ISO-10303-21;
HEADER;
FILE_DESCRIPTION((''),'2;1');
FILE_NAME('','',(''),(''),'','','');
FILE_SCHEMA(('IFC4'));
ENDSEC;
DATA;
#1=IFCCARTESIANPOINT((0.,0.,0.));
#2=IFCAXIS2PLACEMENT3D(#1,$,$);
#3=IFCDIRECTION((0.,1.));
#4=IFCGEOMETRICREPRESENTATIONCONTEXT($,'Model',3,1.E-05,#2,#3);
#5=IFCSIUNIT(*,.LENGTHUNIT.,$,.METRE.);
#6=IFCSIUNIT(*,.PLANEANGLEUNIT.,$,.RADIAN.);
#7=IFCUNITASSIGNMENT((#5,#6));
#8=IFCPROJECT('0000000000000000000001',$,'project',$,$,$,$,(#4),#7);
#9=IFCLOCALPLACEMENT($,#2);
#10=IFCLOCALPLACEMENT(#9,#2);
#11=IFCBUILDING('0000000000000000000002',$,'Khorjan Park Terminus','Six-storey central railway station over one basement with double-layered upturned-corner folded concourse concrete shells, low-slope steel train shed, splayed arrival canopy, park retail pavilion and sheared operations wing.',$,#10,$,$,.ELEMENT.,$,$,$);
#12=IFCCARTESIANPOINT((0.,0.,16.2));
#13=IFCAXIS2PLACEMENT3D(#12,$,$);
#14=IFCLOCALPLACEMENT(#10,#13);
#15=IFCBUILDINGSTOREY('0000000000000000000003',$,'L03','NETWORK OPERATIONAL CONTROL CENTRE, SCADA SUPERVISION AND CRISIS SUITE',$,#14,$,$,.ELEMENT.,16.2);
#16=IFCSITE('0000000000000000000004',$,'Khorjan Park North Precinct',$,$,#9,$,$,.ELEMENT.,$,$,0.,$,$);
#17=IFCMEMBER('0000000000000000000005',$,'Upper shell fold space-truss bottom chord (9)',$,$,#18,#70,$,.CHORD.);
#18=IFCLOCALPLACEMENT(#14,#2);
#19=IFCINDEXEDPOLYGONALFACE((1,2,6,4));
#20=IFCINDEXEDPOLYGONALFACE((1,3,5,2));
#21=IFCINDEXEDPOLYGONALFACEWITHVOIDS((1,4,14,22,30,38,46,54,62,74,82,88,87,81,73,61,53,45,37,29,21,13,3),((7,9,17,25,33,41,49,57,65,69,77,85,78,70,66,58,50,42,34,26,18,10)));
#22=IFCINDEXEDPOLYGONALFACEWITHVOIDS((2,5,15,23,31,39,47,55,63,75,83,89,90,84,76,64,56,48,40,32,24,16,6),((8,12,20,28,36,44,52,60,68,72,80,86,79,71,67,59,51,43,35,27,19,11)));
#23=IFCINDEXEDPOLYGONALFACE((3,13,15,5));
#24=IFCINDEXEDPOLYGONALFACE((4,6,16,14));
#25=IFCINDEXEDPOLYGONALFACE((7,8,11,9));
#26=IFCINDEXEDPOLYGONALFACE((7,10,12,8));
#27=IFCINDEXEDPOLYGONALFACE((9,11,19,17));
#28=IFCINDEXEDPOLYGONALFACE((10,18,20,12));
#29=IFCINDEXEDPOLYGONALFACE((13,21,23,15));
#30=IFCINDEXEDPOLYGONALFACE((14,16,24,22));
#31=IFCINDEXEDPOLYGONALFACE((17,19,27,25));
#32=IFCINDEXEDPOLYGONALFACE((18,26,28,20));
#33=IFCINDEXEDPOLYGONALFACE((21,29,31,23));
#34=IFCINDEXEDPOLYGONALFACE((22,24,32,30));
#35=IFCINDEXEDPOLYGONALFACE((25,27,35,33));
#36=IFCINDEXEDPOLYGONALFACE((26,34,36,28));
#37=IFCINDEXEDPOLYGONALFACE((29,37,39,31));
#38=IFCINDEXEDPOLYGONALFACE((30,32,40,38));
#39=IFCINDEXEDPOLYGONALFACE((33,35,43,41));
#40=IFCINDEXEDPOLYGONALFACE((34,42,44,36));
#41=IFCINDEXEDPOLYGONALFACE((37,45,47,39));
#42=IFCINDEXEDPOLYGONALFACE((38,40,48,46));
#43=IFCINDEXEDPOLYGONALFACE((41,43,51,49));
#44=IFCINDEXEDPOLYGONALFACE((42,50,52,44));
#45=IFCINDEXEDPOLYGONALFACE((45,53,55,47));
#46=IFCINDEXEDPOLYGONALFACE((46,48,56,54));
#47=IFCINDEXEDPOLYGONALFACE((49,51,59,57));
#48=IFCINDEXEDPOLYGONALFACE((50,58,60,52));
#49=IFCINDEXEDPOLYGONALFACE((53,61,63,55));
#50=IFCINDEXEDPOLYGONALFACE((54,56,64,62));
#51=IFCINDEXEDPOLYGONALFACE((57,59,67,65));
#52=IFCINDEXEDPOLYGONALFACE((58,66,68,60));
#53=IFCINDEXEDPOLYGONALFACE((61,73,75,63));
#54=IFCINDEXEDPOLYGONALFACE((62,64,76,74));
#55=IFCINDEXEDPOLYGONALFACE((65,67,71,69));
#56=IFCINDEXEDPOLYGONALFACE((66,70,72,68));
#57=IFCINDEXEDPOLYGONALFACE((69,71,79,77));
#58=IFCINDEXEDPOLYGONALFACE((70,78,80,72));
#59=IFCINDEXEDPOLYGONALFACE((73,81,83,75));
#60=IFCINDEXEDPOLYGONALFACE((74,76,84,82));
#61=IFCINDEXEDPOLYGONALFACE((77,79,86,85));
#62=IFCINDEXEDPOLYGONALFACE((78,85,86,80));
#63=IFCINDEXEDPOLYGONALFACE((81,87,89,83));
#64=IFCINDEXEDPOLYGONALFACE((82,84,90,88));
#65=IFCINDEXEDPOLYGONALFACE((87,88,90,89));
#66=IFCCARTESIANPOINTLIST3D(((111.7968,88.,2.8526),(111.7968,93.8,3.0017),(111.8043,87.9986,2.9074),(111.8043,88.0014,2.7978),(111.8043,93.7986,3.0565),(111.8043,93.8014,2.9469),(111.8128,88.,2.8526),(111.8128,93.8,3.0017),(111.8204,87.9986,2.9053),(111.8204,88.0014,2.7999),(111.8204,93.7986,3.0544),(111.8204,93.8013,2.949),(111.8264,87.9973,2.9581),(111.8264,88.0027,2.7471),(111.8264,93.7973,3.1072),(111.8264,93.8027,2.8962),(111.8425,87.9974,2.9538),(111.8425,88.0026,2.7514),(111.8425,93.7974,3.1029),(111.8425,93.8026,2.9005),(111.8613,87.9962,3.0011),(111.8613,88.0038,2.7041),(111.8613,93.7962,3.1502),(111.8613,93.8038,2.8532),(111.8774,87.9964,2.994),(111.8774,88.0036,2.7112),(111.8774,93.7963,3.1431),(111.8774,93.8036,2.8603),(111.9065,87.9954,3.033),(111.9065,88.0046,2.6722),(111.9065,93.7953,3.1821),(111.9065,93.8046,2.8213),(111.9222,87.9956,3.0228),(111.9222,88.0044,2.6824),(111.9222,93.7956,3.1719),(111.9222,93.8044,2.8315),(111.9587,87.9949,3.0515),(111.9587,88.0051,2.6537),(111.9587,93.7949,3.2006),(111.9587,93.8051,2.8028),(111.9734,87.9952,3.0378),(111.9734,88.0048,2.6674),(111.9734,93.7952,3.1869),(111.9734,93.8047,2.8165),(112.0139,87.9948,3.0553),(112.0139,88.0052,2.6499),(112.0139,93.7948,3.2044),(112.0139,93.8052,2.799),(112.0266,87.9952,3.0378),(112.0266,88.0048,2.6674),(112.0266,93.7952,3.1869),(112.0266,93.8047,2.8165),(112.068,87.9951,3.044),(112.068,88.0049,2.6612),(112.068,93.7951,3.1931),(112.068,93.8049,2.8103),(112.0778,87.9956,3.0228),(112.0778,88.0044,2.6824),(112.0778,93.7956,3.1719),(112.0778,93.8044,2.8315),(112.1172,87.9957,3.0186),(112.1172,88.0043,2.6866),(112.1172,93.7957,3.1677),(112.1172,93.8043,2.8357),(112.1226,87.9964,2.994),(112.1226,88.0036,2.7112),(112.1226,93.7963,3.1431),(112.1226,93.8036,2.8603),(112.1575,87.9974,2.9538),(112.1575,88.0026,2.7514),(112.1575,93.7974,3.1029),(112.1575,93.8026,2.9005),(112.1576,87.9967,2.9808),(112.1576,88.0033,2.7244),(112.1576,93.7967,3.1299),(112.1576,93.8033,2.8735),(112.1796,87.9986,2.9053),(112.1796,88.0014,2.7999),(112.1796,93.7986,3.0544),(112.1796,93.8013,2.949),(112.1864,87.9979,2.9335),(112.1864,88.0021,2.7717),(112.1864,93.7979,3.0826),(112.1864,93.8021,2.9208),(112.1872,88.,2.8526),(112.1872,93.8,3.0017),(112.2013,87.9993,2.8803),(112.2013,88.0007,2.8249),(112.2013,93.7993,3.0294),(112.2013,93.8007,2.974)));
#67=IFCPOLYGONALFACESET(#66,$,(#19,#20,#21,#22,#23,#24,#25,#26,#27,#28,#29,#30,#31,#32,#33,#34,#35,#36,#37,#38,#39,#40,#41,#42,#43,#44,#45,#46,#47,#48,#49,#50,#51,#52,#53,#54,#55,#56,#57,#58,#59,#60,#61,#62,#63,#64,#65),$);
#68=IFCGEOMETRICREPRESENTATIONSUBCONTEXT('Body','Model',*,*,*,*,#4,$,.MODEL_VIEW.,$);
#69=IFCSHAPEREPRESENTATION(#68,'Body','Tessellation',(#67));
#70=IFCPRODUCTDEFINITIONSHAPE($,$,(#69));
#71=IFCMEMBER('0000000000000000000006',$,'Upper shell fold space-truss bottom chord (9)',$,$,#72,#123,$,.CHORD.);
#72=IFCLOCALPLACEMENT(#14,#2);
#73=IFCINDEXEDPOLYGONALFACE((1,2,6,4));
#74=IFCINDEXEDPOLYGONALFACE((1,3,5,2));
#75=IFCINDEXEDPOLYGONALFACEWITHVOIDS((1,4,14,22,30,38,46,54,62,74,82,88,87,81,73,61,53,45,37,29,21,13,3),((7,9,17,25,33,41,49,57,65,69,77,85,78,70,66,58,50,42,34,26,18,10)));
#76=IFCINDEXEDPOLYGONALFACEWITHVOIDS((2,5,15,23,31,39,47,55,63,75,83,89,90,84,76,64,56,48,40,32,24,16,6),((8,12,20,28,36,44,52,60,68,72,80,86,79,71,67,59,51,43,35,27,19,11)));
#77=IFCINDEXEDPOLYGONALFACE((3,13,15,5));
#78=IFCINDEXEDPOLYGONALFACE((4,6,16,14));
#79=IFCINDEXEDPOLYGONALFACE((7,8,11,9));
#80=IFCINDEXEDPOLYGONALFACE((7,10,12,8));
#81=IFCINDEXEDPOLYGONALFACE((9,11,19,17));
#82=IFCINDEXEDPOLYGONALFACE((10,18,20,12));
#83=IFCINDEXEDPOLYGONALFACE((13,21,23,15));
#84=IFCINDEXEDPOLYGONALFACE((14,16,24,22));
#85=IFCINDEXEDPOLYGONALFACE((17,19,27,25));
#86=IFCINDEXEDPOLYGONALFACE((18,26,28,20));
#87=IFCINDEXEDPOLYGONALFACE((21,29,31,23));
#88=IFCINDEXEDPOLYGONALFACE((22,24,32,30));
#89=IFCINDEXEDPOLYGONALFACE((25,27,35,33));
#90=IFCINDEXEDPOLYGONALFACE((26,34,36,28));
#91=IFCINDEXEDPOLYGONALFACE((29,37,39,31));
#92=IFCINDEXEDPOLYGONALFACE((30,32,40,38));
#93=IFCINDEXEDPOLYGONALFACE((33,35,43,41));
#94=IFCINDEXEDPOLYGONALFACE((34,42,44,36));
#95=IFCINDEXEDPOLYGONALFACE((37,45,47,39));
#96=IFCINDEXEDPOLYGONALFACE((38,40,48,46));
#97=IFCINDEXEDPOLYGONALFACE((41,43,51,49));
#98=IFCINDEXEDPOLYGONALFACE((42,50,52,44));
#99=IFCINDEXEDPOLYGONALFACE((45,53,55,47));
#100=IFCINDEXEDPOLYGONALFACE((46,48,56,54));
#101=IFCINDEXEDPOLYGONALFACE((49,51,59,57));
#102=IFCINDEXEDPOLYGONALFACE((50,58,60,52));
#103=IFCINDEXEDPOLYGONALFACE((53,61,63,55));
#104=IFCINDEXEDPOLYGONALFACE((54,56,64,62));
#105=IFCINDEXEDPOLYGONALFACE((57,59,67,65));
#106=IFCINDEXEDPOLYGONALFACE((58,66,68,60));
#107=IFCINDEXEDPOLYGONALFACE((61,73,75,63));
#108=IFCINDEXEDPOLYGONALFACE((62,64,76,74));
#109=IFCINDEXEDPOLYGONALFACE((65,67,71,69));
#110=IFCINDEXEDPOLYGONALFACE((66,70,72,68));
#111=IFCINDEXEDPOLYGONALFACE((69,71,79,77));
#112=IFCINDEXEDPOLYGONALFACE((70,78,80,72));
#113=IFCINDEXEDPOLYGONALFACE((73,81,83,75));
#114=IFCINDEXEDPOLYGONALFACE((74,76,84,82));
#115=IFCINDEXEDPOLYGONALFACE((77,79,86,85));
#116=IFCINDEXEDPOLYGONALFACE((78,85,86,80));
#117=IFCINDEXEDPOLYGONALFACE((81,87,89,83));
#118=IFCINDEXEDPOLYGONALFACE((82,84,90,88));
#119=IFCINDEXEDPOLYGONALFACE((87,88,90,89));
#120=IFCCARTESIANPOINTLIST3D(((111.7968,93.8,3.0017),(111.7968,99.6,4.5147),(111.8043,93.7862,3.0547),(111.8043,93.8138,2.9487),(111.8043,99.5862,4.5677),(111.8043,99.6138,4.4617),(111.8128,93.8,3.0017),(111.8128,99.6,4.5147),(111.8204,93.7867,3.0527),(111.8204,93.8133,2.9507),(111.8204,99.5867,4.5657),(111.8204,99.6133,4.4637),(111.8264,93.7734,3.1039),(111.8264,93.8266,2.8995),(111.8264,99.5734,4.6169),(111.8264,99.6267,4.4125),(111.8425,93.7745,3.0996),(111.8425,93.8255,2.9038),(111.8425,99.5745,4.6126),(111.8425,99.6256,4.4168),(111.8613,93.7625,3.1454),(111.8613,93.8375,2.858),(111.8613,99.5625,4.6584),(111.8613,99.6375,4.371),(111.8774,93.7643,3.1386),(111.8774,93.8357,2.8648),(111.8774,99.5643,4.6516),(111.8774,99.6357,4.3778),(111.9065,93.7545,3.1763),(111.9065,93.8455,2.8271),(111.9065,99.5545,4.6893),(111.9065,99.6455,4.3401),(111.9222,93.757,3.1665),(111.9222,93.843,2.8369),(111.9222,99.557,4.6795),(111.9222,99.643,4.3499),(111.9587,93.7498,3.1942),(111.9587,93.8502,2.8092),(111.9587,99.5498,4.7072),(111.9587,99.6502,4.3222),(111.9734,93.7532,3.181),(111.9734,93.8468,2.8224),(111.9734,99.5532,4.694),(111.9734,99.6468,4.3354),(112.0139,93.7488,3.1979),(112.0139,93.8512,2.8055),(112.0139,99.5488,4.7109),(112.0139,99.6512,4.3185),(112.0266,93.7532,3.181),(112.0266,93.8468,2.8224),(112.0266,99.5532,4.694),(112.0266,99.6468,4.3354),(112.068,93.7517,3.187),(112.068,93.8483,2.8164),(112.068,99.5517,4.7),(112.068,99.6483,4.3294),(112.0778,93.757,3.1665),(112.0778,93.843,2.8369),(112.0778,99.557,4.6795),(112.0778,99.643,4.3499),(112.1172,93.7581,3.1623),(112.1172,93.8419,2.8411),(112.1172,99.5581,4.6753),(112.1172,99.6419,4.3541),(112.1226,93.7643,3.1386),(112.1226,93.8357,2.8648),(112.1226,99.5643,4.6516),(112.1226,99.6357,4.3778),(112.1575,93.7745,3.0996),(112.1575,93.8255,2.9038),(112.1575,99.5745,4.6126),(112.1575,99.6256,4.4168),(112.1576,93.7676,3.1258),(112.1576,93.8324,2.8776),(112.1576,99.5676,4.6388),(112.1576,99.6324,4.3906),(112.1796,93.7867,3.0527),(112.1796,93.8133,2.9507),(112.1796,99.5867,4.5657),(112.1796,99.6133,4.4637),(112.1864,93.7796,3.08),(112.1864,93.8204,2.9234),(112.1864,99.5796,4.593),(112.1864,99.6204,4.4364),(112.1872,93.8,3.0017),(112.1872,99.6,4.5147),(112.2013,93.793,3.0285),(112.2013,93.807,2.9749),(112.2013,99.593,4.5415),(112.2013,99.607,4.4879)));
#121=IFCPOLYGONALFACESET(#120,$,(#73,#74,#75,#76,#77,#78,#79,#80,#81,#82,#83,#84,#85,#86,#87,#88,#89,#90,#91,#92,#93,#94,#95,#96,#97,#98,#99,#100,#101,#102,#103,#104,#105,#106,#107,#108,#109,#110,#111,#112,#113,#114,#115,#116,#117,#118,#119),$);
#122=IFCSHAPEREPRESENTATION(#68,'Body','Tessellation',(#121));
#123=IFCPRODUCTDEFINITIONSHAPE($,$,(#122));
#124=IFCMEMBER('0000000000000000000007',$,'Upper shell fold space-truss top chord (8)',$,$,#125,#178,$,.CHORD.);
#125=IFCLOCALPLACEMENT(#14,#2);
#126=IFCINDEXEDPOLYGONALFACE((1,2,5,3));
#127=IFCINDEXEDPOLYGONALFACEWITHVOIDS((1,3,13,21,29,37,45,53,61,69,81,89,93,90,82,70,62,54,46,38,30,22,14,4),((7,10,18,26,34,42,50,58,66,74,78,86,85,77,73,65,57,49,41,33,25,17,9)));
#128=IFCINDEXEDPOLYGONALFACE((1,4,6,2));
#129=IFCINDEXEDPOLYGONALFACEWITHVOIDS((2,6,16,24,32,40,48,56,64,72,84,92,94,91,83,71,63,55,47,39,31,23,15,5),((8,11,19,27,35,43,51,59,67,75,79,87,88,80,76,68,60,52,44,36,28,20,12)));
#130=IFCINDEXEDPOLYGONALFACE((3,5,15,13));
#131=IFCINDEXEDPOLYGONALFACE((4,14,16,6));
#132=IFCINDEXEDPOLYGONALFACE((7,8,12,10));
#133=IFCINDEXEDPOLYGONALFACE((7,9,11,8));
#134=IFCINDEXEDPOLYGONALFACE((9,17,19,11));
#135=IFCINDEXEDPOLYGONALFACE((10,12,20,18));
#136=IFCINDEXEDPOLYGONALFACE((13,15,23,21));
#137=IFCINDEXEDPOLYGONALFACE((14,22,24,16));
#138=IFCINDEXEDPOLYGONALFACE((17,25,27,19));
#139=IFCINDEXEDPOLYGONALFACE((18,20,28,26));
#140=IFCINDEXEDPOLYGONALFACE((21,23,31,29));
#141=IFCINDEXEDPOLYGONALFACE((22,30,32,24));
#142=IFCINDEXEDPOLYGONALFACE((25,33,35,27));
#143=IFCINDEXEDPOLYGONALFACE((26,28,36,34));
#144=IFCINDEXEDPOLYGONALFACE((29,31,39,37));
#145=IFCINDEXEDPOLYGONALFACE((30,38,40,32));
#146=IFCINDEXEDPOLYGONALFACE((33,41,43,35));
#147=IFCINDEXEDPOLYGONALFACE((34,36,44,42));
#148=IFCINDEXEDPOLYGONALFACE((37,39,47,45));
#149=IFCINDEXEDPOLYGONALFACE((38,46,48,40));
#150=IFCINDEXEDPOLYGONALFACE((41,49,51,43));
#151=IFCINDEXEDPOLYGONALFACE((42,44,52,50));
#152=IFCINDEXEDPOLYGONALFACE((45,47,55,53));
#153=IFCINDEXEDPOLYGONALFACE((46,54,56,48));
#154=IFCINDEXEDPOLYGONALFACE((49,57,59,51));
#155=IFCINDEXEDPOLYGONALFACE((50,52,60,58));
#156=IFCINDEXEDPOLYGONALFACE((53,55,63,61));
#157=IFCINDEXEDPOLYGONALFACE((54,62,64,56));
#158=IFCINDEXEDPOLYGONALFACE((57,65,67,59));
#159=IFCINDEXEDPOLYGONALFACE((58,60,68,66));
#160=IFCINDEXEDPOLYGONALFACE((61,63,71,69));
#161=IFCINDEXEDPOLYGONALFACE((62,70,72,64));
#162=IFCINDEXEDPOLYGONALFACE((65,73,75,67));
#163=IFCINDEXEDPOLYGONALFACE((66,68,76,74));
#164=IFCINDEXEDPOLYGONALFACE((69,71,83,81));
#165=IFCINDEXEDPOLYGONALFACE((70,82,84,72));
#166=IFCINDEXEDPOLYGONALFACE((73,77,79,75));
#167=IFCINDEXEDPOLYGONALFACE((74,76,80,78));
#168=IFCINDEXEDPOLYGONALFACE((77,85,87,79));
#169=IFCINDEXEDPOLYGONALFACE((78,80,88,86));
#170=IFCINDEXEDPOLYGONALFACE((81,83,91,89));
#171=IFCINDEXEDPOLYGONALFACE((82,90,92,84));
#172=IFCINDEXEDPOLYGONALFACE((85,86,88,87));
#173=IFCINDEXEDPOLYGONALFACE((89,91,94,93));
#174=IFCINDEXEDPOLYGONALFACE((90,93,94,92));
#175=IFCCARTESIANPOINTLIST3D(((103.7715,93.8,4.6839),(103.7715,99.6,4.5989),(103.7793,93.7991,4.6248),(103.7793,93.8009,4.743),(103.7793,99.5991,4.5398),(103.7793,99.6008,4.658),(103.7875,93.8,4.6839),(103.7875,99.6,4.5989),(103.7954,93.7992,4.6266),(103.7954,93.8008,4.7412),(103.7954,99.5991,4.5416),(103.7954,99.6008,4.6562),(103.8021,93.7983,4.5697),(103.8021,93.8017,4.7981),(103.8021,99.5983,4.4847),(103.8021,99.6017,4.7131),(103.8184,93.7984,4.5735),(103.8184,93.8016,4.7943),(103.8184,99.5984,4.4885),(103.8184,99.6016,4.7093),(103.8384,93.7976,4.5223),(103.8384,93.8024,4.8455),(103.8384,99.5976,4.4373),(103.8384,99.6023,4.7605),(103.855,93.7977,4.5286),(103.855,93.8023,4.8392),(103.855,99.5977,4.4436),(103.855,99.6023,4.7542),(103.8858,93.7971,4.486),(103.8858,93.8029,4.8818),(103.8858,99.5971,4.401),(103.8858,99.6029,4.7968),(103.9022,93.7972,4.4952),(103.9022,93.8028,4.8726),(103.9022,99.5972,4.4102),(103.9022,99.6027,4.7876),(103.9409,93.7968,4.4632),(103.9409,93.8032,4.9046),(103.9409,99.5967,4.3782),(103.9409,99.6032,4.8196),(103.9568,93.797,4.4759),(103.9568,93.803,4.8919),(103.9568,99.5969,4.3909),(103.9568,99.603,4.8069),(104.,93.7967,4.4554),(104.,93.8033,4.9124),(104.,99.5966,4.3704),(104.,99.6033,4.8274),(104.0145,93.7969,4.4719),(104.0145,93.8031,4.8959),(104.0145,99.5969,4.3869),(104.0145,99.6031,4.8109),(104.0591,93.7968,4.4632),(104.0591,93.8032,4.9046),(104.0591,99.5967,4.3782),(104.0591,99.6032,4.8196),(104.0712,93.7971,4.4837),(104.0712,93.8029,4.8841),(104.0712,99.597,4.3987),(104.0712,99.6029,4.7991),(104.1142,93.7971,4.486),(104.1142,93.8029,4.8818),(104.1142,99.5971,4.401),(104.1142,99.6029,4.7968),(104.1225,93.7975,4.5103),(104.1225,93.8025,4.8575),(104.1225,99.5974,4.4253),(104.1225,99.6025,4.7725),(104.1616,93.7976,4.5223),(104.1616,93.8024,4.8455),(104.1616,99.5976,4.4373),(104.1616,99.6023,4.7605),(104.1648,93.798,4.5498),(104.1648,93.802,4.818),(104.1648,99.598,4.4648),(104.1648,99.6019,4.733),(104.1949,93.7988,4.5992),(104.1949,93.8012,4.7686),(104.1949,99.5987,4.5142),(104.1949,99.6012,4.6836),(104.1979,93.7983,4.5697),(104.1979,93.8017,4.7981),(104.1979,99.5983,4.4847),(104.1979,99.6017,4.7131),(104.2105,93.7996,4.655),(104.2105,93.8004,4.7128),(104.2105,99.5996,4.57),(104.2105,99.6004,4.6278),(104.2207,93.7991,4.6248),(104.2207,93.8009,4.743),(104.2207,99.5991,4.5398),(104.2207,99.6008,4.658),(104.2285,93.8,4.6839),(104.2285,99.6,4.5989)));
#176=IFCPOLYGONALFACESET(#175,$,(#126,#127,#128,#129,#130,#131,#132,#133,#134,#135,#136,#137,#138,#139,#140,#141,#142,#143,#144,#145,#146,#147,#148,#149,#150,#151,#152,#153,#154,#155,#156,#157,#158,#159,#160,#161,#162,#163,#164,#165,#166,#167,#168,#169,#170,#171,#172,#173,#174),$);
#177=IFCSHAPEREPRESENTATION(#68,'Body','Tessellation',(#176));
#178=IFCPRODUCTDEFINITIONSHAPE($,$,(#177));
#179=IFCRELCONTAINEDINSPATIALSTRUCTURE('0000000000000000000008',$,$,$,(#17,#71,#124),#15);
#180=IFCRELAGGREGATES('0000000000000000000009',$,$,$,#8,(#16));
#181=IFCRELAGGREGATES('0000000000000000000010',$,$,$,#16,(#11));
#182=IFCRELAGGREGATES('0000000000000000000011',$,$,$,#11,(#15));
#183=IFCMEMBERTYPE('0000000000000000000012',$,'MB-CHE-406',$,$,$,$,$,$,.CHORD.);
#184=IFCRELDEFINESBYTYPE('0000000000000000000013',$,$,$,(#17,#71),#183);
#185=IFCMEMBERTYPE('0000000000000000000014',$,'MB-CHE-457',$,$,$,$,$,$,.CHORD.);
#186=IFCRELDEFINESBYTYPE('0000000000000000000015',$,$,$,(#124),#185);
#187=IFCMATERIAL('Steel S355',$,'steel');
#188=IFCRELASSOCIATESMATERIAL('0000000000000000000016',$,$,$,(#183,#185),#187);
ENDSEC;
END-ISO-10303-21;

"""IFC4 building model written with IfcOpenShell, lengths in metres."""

from ifc_helpers import new_model, si_unit, direction, frame, origin, origin_2d, place, context, subcontext, project, spatial, hollow_circle, extrude, material, material_profile, profile_set, type_object, element, save


model = new_model("IFC4")

# Units and contexts
model_context = context("Model", 3, precision=1e-05, world=origin(), true_north=direction((0.0, 1.0)))
body_context = subcontext(model_context, "Body", "Model", "MODEL_VIEW")
ifc_project = project(units=[si_unit("LENGTHUNIT", "METRE"), si_unit("PLANEANGLEUNIT", "RADIAN")], contexts=[model_context])

# Site, building, storey
site_placement = place(None, origin())
site = spatial("IfcSite", under=ifc_project, at=site_placement, Name="Khorjan Park North Precinct", CompositionType="ELEMENT", RefElevation=0.0)
building_placement = place(site_placement, origin())
building = spatial("IfcBuilding", under=site, at=building_placement, Name="Khorjan Park Terminus", Description="Six-storey central railway station over one basement with double-layered upturned-corner folded concourse concrete shells, low-slope steel train shed, splayed arrival canopy, park retail pavilion and sheared operations wing.", CompositionType="ELEMENT")
storey_placement = place(building_placement, frame((0.0, 0.0, 16.2)))
storey = spatial("IfcBuildingStorey", under=building, at=storey_placement, Name="L03", Description="NETWORK OPERATIONAL CONTROL CENTRE, SCADA SUPERVISION AND CRISIS SUITE", CompositionType="ELEMENT", Elevation=16.2)

# Members
ifc_material_1 = material(Name="Steel S355", Category="steel")
ifc_material_profile_1 = material_profile(ifc_material_1, hollow_circle(Radius=0.2032, WallThickness=0.016, at=origin_2d()), Name="CHS 406.4x16")
ifc_profile_set_1 = profile_set([ifc_material_profile_1], Name="Steel S355")
member_type_1 = type_object("IfcMemberType", Name="MB-CHE-406", PredefinedType="CHORD", material=ifc_profile_set_1)
member_1_placement = place(storey_placement, frame((112.0, 88.0, 2.8526), z_axis=(0.0, 0.99967, 0.025698), x_axis=(-1.0, 0.0, 0.0)))
element("IfcMember", 1, at=member_1_placement, inside=storey, type_object=member_type_1, Name="Upper shell fold space-truss bottom chord (9)", PredefinedType="CHORD", context=body_context, shape_type="SweptSolid", body=[
    extrude(hollow_circle(Radius=0.2032, WallThickness=0.016, at=origin_2d()), origin(), (0.0, 0.0, 1.0), 5.8019),
])
member_2_placement = place(storey_placement, frame((112.0, 93.8, 3.0017), z_axis=(0.0, 0.967619, 0.252415), x_axis=(-1.0, 0.0, 0.0)))
element("IfcMember", 2, at=member_2_placement, inside=storey, type_object=member_type_1, Name="Upper shell fold space-truss bottom chord (9)", PredefinedType="CHORD", context=body_context, shape_type="SweptSolid", body=[
    extrude(hollow_circle(Radius=0.2032, WallThickness=0.016, at=origin_2d()), origin(), (0.0, 0.0, 1.0), 5.9941),
])
ifc_material_profile_2 = material_profile(ifc_material_1, hollow_circle(Radius=0.2285, WallThickness=0.016, at=origin_2d()), Name="CHS 457x16")
ifc_profile_set_2 = profile_set([ifc_material_profile_2], Name="Steel S355")
member_type_2 = type_object("IfcMemberType", Name="MB-CHE-457", PredefinedType="CHORD", material=ifc_profile_set_2)
member_3_placement = place(storey_placement, frame((104.0, 93.8, 4.6839), z_axis=(0.0, 0.999893, -0.014654), x_axis=(-1.0, 0.0, 0.0)))
element("IfcMember", 3, at=member_3_placement, inside=storey, type_object=member_type_2, Name="Upper shell fold space-truss top chord (8)", PredefinedType="CHORD", context=body_context, shape_type="SweptSolid", body=[
    extrude(hollow_circle(Radius=0.2285, WallThickness=0.016, at=origin_2d()), origin(), (0.0, 0.0, 1.0), 5.8006),
])

save(model, "model.ifc")
